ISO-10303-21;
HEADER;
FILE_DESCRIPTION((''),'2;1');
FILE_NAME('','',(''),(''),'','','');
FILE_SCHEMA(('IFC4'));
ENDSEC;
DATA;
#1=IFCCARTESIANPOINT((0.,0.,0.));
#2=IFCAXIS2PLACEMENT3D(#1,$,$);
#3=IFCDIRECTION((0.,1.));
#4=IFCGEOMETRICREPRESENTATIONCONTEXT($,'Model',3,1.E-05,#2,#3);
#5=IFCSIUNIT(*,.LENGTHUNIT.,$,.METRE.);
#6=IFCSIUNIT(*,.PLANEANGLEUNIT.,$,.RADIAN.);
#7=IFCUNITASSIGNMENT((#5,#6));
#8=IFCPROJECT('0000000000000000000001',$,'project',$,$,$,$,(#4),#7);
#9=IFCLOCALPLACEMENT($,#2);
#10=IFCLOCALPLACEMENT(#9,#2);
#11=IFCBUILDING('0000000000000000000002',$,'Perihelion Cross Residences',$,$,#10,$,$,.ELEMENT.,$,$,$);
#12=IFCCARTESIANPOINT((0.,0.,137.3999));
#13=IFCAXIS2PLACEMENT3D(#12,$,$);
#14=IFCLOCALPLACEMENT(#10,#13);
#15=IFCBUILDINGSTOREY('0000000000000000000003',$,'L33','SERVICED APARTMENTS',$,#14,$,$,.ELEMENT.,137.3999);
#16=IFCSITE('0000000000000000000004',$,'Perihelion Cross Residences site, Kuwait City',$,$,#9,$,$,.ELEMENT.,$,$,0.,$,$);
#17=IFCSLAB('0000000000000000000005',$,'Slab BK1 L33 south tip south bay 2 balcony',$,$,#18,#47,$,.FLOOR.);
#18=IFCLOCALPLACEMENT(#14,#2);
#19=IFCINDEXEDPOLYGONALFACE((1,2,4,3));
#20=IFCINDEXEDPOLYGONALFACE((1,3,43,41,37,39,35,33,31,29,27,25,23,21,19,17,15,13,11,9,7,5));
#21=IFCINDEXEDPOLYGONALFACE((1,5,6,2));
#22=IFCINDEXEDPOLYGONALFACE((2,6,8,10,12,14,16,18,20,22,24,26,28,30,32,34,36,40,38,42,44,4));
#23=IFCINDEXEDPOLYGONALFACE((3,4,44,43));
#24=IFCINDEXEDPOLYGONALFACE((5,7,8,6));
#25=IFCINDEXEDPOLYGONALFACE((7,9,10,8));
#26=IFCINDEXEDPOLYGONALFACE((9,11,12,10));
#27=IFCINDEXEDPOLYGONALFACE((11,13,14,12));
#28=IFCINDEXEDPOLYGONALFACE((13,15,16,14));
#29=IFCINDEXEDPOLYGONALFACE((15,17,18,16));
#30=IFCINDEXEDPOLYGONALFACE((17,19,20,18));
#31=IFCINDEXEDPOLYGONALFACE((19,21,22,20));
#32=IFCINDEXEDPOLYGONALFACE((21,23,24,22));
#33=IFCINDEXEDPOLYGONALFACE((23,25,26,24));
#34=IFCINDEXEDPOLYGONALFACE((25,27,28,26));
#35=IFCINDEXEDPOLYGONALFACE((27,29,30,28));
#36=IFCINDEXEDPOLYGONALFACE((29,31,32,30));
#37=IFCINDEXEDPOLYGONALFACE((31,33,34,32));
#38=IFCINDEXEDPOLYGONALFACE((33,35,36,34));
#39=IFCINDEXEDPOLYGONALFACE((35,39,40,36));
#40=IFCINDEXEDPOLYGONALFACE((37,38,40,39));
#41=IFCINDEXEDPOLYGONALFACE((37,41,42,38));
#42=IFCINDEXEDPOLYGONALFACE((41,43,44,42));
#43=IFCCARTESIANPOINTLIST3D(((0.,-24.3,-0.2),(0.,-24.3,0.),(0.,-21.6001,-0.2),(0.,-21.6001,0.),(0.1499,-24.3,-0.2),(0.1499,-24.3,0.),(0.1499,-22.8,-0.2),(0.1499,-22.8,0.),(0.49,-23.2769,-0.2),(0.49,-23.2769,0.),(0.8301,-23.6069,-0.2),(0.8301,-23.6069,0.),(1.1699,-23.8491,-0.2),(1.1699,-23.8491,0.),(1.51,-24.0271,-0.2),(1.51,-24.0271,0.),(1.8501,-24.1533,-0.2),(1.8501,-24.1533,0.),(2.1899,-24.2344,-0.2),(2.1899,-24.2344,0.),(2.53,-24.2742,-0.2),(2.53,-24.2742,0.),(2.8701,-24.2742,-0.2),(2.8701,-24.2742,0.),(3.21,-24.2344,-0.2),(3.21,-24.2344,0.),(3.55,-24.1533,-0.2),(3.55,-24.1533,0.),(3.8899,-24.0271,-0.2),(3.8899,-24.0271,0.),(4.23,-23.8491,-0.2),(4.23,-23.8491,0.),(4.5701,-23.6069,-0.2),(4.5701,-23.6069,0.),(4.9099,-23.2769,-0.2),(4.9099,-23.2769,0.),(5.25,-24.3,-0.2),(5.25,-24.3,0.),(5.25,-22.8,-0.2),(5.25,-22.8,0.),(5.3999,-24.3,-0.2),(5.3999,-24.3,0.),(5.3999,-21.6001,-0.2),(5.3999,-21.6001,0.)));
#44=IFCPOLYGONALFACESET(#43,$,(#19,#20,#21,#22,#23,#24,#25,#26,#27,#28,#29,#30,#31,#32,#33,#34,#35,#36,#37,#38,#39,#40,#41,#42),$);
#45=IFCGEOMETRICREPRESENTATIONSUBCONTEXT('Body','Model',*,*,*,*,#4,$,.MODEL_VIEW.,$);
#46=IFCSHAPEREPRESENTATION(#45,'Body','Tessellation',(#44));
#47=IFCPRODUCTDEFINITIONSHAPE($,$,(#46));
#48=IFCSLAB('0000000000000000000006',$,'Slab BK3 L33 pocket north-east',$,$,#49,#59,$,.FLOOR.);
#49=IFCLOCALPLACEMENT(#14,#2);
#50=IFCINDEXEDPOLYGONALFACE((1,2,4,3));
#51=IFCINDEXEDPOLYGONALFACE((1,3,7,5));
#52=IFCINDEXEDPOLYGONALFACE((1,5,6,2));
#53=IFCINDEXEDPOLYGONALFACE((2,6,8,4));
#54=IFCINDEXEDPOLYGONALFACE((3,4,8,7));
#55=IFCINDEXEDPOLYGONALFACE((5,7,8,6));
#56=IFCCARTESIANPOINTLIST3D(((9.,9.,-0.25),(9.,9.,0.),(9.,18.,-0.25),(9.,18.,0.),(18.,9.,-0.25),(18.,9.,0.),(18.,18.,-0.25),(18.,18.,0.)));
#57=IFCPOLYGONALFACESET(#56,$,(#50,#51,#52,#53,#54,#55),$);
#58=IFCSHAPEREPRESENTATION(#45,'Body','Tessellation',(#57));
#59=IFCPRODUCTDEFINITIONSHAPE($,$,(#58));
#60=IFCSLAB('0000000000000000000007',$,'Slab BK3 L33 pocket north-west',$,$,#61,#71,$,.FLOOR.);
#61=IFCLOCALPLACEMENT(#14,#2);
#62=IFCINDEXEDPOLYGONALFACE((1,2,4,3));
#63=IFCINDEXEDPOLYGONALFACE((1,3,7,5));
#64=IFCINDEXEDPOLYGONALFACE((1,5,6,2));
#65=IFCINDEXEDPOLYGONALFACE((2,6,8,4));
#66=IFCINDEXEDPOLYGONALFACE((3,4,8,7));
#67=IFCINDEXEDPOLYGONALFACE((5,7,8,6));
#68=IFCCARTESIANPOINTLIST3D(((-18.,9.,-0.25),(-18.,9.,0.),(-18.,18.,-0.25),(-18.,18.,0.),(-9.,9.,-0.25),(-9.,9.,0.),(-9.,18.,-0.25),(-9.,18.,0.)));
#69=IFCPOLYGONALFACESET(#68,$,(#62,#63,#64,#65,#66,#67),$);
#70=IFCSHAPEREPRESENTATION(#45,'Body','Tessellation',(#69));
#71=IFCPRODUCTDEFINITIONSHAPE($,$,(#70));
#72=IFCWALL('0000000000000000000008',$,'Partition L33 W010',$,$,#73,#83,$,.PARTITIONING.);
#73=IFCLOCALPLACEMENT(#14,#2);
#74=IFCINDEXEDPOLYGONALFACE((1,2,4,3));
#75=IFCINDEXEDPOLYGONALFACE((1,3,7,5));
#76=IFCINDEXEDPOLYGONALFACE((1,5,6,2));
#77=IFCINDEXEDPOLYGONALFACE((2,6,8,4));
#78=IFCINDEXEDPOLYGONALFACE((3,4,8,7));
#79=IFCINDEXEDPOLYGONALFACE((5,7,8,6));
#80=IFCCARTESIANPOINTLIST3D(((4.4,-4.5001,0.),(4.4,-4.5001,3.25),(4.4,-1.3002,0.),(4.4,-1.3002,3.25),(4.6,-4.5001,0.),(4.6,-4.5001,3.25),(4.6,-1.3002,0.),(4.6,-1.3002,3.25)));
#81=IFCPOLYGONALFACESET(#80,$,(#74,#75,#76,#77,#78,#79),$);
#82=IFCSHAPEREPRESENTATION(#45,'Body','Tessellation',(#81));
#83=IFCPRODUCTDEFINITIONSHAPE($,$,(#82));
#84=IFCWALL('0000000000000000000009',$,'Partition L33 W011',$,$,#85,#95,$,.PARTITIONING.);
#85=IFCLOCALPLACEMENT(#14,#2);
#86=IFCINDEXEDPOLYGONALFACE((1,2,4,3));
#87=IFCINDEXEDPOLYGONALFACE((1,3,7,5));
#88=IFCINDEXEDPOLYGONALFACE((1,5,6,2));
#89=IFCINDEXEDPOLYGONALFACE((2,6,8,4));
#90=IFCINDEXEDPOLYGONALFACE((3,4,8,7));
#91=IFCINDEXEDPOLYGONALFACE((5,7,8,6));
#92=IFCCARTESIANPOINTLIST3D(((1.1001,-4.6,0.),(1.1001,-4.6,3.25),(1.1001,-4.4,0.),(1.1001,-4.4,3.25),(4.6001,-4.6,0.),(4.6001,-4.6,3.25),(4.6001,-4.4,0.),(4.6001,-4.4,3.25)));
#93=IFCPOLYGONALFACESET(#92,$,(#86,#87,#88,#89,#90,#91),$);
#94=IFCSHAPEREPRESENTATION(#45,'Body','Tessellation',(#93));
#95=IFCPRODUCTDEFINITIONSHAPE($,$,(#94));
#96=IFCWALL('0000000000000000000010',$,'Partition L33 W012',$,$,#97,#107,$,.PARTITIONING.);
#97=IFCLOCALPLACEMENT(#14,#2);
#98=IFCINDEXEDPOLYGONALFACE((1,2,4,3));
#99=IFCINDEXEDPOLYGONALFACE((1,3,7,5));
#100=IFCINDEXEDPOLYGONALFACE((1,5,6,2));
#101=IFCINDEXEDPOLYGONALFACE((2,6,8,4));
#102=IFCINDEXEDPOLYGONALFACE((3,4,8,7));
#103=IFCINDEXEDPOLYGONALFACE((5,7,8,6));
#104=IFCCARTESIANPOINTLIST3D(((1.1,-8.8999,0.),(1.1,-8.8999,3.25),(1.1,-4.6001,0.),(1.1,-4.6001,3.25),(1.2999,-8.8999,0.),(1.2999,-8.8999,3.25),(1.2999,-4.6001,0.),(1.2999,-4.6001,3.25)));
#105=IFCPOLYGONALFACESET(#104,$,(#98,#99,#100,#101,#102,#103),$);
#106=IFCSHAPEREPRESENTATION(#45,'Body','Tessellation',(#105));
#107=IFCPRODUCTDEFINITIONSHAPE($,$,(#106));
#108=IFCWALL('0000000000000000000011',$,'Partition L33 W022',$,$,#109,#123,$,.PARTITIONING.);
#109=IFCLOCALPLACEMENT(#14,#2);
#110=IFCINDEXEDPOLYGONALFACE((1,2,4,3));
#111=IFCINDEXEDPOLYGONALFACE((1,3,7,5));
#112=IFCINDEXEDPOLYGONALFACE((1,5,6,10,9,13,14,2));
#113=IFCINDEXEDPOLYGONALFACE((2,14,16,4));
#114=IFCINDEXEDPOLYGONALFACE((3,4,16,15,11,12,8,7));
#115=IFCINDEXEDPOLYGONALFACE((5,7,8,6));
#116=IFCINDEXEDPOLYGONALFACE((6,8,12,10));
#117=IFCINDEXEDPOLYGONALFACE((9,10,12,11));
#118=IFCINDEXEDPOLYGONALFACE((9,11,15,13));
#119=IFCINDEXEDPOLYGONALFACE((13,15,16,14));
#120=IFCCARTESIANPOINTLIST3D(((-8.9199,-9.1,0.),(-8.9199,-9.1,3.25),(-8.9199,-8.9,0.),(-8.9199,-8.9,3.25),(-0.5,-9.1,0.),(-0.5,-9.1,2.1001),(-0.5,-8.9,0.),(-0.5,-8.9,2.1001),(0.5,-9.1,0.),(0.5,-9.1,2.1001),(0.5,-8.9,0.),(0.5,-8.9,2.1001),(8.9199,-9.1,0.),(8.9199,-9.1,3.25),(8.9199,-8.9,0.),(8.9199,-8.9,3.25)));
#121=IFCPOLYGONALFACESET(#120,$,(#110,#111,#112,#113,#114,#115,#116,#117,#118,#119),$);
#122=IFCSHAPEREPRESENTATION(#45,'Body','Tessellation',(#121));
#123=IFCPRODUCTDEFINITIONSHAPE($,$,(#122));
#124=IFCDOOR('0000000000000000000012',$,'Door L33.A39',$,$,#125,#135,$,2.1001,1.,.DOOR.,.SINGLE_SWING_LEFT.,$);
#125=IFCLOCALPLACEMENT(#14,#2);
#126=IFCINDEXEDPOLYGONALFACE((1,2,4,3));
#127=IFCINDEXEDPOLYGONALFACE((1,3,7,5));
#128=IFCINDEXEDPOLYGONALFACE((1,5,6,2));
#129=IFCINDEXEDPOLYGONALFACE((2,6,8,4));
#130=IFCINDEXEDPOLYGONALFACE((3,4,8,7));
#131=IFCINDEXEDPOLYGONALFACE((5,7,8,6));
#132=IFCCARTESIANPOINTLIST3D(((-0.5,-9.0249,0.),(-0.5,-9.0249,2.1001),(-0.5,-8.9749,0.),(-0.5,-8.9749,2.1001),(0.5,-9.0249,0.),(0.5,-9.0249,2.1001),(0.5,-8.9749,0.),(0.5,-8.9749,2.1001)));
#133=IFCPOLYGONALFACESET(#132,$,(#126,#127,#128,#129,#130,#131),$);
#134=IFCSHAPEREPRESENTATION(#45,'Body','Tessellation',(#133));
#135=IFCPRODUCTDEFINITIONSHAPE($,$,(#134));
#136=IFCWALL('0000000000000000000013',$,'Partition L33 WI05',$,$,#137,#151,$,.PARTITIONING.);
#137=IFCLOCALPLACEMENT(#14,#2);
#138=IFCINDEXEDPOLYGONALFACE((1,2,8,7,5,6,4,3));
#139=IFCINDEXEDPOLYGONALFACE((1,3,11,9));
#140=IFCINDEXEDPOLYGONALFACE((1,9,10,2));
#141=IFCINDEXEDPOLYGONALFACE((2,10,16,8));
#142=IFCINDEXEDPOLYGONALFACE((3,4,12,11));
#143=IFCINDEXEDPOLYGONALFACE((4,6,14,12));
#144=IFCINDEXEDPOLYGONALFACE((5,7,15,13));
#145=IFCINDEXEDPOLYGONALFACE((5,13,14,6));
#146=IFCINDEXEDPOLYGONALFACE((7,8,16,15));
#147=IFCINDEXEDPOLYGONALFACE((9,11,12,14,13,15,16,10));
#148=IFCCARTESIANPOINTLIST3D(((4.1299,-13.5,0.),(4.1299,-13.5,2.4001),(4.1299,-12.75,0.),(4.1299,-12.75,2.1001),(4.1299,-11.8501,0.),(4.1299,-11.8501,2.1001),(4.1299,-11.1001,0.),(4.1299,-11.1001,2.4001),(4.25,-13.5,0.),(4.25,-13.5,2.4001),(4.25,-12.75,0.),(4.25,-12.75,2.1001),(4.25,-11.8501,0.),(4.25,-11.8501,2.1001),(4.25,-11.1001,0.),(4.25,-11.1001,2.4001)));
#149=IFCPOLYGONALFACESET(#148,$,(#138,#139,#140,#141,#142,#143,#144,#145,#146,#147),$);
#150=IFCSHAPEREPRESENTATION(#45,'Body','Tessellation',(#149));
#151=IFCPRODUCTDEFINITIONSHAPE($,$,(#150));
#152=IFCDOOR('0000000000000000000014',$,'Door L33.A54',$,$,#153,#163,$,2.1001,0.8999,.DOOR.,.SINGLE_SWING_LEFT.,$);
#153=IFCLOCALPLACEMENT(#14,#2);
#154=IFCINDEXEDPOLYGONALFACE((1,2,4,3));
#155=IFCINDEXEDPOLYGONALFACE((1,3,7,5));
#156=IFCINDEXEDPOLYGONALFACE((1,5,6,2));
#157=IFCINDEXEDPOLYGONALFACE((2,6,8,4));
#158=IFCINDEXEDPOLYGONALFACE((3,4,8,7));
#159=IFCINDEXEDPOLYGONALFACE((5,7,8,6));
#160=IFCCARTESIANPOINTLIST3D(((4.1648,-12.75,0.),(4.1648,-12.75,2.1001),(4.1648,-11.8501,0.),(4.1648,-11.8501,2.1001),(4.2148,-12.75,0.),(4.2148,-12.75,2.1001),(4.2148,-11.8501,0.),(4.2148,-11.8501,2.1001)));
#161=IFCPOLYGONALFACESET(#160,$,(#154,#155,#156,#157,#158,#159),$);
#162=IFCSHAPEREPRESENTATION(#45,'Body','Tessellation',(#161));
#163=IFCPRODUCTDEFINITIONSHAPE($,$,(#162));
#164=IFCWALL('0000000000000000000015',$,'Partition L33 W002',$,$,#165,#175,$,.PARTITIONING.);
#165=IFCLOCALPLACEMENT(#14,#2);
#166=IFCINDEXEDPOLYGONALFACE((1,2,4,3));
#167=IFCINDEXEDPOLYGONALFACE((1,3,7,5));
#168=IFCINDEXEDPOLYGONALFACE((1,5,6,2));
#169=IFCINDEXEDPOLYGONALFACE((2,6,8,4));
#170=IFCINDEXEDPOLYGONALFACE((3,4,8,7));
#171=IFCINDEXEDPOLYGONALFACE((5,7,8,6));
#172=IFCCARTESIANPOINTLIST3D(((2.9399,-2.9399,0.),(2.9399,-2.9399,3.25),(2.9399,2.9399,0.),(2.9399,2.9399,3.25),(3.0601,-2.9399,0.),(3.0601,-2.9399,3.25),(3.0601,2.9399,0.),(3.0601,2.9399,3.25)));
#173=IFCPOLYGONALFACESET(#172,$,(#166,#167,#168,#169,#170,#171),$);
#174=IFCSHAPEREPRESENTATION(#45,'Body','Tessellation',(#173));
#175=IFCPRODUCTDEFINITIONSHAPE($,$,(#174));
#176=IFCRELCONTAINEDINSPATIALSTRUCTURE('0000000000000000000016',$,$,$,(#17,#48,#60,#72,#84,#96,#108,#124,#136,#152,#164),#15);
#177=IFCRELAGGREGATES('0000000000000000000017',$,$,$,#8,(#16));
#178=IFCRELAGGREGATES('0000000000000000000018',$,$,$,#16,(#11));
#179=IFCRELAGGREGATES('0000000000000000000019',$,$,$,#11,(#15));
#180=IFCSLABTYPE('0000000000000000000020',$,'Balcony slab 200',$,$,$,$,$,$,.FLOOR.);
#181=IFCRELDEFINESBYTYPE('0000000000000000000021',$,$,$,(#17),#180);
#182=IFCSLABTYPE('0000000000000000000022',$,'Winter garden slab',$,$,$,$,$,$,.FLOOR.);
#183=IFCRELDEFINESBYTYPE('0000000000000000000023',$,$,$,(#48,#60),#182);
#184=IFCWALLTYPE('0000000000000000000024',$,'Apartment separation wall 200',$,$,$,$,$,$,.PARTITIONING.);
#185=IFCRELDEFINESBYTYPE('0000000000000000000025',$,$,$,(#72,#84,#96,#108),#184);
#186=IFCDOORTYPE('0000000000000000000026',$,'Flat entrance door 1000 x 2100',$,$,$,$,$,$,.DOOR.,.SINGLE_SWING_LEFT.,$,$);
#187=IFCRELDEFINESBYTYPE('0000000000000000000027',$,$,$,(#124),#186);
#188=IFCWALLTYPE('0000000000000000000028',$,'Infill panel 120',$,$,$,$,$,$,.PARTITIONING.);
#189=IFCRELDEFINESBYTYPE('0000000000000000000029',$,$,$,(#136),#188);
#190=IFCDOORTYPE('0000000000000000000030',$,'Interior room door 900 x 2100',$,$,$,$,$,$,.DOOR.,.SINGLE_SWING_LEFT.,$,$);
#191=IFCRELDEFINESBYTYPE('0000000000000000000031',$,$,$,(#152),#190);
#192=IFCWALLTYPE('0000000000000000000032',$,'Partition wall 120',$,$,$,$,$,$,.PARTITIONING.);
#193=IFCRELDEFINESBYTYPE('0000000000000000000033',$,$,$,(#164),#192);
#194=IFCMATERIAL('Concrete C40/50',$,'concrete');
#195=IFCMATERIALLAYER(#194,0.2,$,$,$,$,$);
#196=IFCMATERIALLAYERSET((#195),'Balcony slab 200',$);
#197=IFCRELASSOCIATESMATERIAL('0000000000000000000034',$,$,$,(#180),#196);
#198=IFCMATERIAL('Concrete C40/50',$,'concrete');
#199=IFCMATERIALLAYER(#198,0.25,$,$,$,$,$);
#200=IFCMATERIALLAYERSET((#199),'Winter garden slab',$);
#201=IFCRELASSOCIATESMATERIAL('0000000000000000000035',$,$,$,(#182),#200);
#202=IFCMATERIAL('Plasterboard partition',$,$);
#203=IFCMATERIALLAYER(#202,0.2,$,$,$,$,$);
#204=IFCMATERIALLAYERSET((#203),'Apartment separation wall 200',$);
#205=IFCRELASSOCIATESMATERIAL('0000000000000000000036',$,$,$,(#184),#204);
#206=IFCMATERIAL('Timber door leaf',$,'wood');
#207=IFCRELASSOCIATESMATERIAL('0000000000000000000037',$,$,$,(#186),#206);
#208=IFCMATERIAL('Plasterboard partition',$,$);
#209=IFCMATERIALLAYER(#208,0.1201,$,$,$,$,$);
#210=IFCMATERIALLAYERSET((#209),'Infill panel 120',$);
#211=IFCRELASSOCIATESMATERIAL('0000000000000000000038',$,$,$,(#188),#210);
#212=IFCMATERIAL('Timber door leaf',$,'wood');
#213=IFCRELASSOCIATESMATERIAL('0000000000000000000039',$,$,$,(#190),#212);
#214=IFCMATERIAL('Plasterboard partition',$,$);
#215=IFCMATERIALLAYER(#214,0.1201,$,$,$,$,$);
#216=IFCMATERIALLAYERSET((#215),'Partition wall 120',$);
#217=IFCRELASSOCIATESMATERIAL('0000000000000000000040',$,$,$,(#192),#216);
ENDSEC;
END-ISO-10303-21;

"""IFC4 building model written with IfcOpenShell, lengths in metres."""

from ifc_helpers import new_model, si_unit, direction, frame, frame_2d, origin, place, context, subcontext, project, spatial, polyline, rectangle, outline, extrude, material, layer, layer_set, type_object, element, fill, save


model = new_model("IFC4")

# Units and contexts
model_context = context("Model", 3, precision=1e-05, world=origin(), true_north=direction((0.0, 1.0)))
body_context = subcontext(model_context, "Body", "Model", "MODEL_VIEW")
ifc_project = project(units=[si_unit("LENGTHUNIT", "METRE"), si_unit("PLANEANGLEUNIT", "RADIAN")], contexts=[model_context])

# Site, building, storey
site_placement = place(None, origin())
site = spatial("IfcSite", under=ifc_project, at=site_placement, Name="Perihelion Cross Residences site, Kuwait City", CompositionType="ELEMENT", RefElevation=0.0)
building_placement = place(site_placement, origin())
building = spatial("IfcBuilding", under=site, at=building_placement, Name="Perihelion Cross Residences", CompositionType="ELEMENT")
storey_placement = place(building_placement, frame((0.0, 0.0, 137.3999)))
storey = spatial("IfcBuildingStorey", under=building, at=storey_placement, Name="L33", Description="SERVICED APARTMENTS", CompositionType="ELEMENT", Elevation=137.3999)

# Slabs
ifc_material_1 = material(Name="Concrete C40/50", Category="concrete")
ifc_layer_1 = layer(ifc_material_1, 0.2)
ifc_layer_set_1 = layer_set([ifc_layer_1], Name="Balcony slab 200")
slab_type_1 = type_object("IfcSlabType", Name="Balcony slab 200", PredefinedType="FLOOR", material=ifc_layer_set_1)
slab_1_placement = place(storey_placement, frame((0.0, 0.0, -0.2)))
element("IfcSlab", 1, at=slab_1_placement, inside=storey, type_object=slab_type_1, Name="Slab BK1 L33 south tip south bay 2 balcony", PredefinedType="FLOOR", context=body_context, shape_type="SweptSolid", body=[
    extrude(outline(polyline([(0.0, -21.6001), (5.3999, -21.6001), (5.3999, -24.3), (5.25, -24.3), (5.25, -22.8), (4.9099, -23.2769), (4.5701, -23.6069), (4.23, -23.8491), (3.8899, -24.0271), (3.55, -24.1533), (3.21, -24.2344), (2.8701, -24.2742), (2.53, -24.2742), (2.1899, -24.2344), (1.8501, -24.1533), (1.51, -24.0271), (1.1699, -23.8491), (0.8301, -23.6069), (0.49, -23.2769), (0.1499, -22.8), (0.1499, -24.3), (0.0, -24.3), (0.0, -21.6001)])), origin(), (0.0, 0.0, 1.0), 0.2),
])
ifc_material_2 = material(Name="Concrete C40/50", Category="concrete")
ifc_layer_2 = layer(ifc_material_2, 0.25)
ifc_layer_set_2 = layer_set([ifc_layer_2], Name="Winter garden slab")
slab_type_2 = type_object("IfcSlabType", Name="Winter garden slab", PredefinedType="FLOOR", material=ifc_layer_set_2)
slab_2_placement = place(storey_placement, frame((0.0, 0.0, -0.25)))
element("IfcSlab", 2, at=slab_2_placement, inside=storey, type_object=slab_type_2, Name="Slab BK3 L33 pocket north-east", PredefinedType="FLOOR", context=body_context, shape_type="SweptSolid", body=[
    extrude(outline(polyline([(18.0, 9.0), (18.0, 18.0), (9.0, 18.0), (9.0, 9.0), (18.0, 9.0)])), origin(), (0.0, 0.0, 1.0), 0.25),
])
slab_3_placement = place(storey_placement, frame((0.0, 0.0, -0.25)))
element("IfcSlab", 3, at=slab_3_placement, inside=storey, type_object=slab_type_2, Name="Slab BK3 L33 pocket north-west", PredefinedType="FLOOR", context=body_context, shape_type="SweptSolid", body=[
    extrude(outline(polyline([(-9.0, 9.0), (-9.0, 18.0), (-18.0, 18.0), (-18.0, 9.0), (-9.0, 9.0)])), origin(), (0.0, 0.0, 1.0), 0.25),
])

# Walls
ifc_material_3 = material(Name="Plasterboard partition")
ifc_layer_3 = layer(ifc_material_3, 0.2)
ifc_layer_set_3 = layer_set([ifc_layer_3], Name="Apartment separation wall 200")
wall_type_1 = type_object("IfcWallType", Name="Apartment separation wall 200", PredefinedType="PARTITIONING", material=ifc_layer_set_3)
wall_1_placement = place(storey_placement, frame((4.5, -1.3, 0.0), z_axis=(0.0, 0.0, 1.0), x_axis=(0.0, -1.0, 0.0)))
element("IfcWall", 4, at=wall_1_placement, inside=storey, type_object=wall_type_1, Name="Partition L33 W010", PredefinedType="PARTITIONING", context=body_context, shape_type="SweptSolid", body=[
    extrude(rectangle(XDim=3.2, YDim=0.2, at=frame_2d((1.6001, 0.0))), origin(), (0.0, 0.0, 1.0), 3.25),
])
wall_2_placement = place(storey_placement, frame((4.6001, -4.5, 0.0), z_axis=(0.0, 0.0, 1.0), x_axis=(-1.0, 0.0, 0.0)))
element("IfcWall", 5, at=wall_2_placement, inside=storey, type_object=wall_type_1, Name="Partition L33 W011", PredefinedType="PARTITIONING", context=body_context, shape_type="SweptSolid", body=[
    extrude(rectangle(XDim=3.5, YDim=0.2, at=frame_2d((1.75, 0.0))), origin(), (0.0, 0.0, 1.0), 3.25),
])
wall_3_placement = place(storey_placement, frame((1.2, -4.6001, 0.0), z_axis=(0.0, 0.0, 1.0), x_axis=(0.0, -1.0, 0.0)))
element("IfcWall", 6, at=wall_3_placement, inside=storey, type_object=wall_type_1, Name="Partition L33 W012", PredefinedType="PARTITIONING", context=body_context, shape_type="SweptSolid", body=[
    extrude(rectangle(XDim=4.2998, YDim=0.2, at=frame_2d((2.1499, 0.0))), origin(), (0.0, 0.0, 1.0), 3.25),
])

# Walls, openings, doors
wall_4_placement = place(storey_placement, frame((8.9199, -9.0, 0.0), z_axis=(0.0, 0.0, 1.0), x_axis=(-1.0, 0.0, 0.0)))
wall_4 = element("IfcWall", 7, at=wall_4_placement, inside=storey, type_object=wall_type_1, Name="Partition L33 W022", PredefinedType="PARTITIONING", context=body_context, shape_type="SweptSolid", body=[
    extrude(rectangle(XDim=17.8398, YDim=0.2, at=frame_2d((8.9199, 0.0))), origin(), (0.0, 0.0, 1.0), 3.25),
])
opening_1_placement = place(wall_4_placement, frame((8.4199, 0.0, 0.0)))
opening_1 = element("IfcOpeningElement", 8, at=opening_1_placement, cuts=wall_4, PredefinedType="OPENING", context=body_context, shape_type="SweptSolid", body=[
    extrude(rectangle(XDim=1.0, YDim=2.1001, at=frame_2d((0.5, 1.05))), frame((0.0, 0.1099, 0.0), z_axis=(0.0, -1.0, 0.0), x_axis=(1.0, 0.0, 0.0)), (0.0, 0.0, 1.0), 0.22),
])
ifc_material_4 = material(Name="Timber door leaf", Category="wood")
door_type_1 = type_object("IfcDoorType", Name="Flat entrance door 1000 x 2100", OperationType="SINGLE_SWING_LEFT", PredefinedType="DOOR", material=ifc_material_4)
door_1_placement = place(opening_1_placement, origin())
door_1 = element("IfcDoor", 9, at=door_1_placement, inside=storey, type_object=door_type_1, Name="Door L33.A39", OperationType="SINGLE_SWING_LEFT", OverallHeight=2.1001, OverallWidth=1.0, PredefinedType="DOOR", context=body_context, shape_type="SweptSolid", body=[
    extrude(rectangle(XDim=1.0, YDim=2.1001, at=frame_2d((0.5, 1.05))), frame((0.0, 0.0249, 0.0), z_axis=(0.0, -1.0, 0.0), x_axis=(1.0, 0.0, 0.0)), (0.0, 0.0, 1.0), 0.05),
])
fill(opening_1, door_1)
ifc_material_5 = material(Name="Plasterboard partition")
ifc_layer_4 = layer(ifc_material_5, 0.1201)
ifc_layer_set_4 = layer_set([ifc_layer_4], Name="Infill panel 120")
wall_type_2 = type_object("IfcWallType", Name="Infill panel 120", PredefinedType="PARTITIONING", material=ifc_layer_set_4)
wall_5_placement = place(storey_placement, frame((4.1899, -11.1001, 0.0), z_axis=(0.0, 0.0, 1.0), x_axis=(0.0, -1.0, 0.0)))
wall_5 = element("IfcWall", 10, at=wall_5_placement, inside=storey, type_object=wall_type_2, Name="Partition L33 WI05", PredefinedType="PARTITIONING", context=body_context, shape_type="SweptSolid", body=[
    extrude(rectangle(XDim=2.3999, YDim=0.1201, at=frame_2d((1.2, 0.0))), origin(), (0.0, 0.0, 1.0), 2.4001),
])
opening_2_placement = place(wall_5_placement, frame((0.75, 0.0, 0.0)))
opening_2 = element("IfcOpeningElement", 11, at=opening_2_placement, cuts=wall_5, PredefinedType="OPENING", context=body_context, shape_type="SweptSolid", body=[
    extrude(rectangle(XDim=0.8999, YDim=2.1001, at=frame_2d((0.45, 1.05))), frame((0.0, 0.0701, 0.0), z_axis=(0.0, -1.0, 0.0), x_axis=(1.0, 0.0, 0.0)), (0.0, 0.0, 1.0), 0.1401),
])
ifc_material_6 = material(Name="Timber door leaf", Category="wood")
door_type_2 = type_object("IfcDoorType", Name="Interior room door 900 x 2100", OperationType="SINGLE_SWING_LEFT", PredefinedType="DOOR", material=ifc_material_6)
door_2_placement = place(opening_2_placement, origin())
door_2 = element("IfcDoor", 12, at=door_2_placement, inside=storey, type_object=door_type_2, Name="Door L33.A54", OperationType="SINGLE_SWING_LEFT", OverallHeight=2.1001, OverallWidth=0.8999, PredefinedType="DOOR", context=body_context, shape_type="SweptSolid", body=[
    extrude(rectangle(XDim=0.8999, YDim=2.1001, at=frame_2d((0.45, 1.05))), frame((0.0, 0.0249, 0.0), z_axis=(0.0, -1.0, 0.0), x_axis=(1.0, 0.0, 0.0)), (0.0, 0.0, 1.0), 0.05),
])
fill(opening_2, door_2)

# Wall
ifc_material_7 = material(Name="Plasterboard partition")
ifc_layer_5 = layer(ifc_material_7, 0.1201)
ifc_layer_set_5 = layer_set([ifc_layer_5], Name="Partition wall 120")
wall_type_3 = type_object("IfcWallType", Name="Partition wall 120", PredefinedType="PARTITIONING", material=ifc_layer_set_5)
wall_6_placement = place(storey_placement, frame((3.0, -2.9399, 0.0), z_axis=(0.0, 0.0, 1.0), x_axis=(0.0, 1.0, 0.0)))
element("IfcWall", 13, at=wall_6_placement, inside=storey, type_object=wall_type_3, Name="Partition L33 W002", PredefinedType="PARTITIONING", context=body_context, shape_type="SweptSolid", body=[
    extrude(rectangle(XDim=5.8799, YDim=0.1201, at=frame_2d((2.9399, 0.0))), origin(), (0.0, 0.0, 1.0), 3.25),
])

save(model, "model.ifc")
